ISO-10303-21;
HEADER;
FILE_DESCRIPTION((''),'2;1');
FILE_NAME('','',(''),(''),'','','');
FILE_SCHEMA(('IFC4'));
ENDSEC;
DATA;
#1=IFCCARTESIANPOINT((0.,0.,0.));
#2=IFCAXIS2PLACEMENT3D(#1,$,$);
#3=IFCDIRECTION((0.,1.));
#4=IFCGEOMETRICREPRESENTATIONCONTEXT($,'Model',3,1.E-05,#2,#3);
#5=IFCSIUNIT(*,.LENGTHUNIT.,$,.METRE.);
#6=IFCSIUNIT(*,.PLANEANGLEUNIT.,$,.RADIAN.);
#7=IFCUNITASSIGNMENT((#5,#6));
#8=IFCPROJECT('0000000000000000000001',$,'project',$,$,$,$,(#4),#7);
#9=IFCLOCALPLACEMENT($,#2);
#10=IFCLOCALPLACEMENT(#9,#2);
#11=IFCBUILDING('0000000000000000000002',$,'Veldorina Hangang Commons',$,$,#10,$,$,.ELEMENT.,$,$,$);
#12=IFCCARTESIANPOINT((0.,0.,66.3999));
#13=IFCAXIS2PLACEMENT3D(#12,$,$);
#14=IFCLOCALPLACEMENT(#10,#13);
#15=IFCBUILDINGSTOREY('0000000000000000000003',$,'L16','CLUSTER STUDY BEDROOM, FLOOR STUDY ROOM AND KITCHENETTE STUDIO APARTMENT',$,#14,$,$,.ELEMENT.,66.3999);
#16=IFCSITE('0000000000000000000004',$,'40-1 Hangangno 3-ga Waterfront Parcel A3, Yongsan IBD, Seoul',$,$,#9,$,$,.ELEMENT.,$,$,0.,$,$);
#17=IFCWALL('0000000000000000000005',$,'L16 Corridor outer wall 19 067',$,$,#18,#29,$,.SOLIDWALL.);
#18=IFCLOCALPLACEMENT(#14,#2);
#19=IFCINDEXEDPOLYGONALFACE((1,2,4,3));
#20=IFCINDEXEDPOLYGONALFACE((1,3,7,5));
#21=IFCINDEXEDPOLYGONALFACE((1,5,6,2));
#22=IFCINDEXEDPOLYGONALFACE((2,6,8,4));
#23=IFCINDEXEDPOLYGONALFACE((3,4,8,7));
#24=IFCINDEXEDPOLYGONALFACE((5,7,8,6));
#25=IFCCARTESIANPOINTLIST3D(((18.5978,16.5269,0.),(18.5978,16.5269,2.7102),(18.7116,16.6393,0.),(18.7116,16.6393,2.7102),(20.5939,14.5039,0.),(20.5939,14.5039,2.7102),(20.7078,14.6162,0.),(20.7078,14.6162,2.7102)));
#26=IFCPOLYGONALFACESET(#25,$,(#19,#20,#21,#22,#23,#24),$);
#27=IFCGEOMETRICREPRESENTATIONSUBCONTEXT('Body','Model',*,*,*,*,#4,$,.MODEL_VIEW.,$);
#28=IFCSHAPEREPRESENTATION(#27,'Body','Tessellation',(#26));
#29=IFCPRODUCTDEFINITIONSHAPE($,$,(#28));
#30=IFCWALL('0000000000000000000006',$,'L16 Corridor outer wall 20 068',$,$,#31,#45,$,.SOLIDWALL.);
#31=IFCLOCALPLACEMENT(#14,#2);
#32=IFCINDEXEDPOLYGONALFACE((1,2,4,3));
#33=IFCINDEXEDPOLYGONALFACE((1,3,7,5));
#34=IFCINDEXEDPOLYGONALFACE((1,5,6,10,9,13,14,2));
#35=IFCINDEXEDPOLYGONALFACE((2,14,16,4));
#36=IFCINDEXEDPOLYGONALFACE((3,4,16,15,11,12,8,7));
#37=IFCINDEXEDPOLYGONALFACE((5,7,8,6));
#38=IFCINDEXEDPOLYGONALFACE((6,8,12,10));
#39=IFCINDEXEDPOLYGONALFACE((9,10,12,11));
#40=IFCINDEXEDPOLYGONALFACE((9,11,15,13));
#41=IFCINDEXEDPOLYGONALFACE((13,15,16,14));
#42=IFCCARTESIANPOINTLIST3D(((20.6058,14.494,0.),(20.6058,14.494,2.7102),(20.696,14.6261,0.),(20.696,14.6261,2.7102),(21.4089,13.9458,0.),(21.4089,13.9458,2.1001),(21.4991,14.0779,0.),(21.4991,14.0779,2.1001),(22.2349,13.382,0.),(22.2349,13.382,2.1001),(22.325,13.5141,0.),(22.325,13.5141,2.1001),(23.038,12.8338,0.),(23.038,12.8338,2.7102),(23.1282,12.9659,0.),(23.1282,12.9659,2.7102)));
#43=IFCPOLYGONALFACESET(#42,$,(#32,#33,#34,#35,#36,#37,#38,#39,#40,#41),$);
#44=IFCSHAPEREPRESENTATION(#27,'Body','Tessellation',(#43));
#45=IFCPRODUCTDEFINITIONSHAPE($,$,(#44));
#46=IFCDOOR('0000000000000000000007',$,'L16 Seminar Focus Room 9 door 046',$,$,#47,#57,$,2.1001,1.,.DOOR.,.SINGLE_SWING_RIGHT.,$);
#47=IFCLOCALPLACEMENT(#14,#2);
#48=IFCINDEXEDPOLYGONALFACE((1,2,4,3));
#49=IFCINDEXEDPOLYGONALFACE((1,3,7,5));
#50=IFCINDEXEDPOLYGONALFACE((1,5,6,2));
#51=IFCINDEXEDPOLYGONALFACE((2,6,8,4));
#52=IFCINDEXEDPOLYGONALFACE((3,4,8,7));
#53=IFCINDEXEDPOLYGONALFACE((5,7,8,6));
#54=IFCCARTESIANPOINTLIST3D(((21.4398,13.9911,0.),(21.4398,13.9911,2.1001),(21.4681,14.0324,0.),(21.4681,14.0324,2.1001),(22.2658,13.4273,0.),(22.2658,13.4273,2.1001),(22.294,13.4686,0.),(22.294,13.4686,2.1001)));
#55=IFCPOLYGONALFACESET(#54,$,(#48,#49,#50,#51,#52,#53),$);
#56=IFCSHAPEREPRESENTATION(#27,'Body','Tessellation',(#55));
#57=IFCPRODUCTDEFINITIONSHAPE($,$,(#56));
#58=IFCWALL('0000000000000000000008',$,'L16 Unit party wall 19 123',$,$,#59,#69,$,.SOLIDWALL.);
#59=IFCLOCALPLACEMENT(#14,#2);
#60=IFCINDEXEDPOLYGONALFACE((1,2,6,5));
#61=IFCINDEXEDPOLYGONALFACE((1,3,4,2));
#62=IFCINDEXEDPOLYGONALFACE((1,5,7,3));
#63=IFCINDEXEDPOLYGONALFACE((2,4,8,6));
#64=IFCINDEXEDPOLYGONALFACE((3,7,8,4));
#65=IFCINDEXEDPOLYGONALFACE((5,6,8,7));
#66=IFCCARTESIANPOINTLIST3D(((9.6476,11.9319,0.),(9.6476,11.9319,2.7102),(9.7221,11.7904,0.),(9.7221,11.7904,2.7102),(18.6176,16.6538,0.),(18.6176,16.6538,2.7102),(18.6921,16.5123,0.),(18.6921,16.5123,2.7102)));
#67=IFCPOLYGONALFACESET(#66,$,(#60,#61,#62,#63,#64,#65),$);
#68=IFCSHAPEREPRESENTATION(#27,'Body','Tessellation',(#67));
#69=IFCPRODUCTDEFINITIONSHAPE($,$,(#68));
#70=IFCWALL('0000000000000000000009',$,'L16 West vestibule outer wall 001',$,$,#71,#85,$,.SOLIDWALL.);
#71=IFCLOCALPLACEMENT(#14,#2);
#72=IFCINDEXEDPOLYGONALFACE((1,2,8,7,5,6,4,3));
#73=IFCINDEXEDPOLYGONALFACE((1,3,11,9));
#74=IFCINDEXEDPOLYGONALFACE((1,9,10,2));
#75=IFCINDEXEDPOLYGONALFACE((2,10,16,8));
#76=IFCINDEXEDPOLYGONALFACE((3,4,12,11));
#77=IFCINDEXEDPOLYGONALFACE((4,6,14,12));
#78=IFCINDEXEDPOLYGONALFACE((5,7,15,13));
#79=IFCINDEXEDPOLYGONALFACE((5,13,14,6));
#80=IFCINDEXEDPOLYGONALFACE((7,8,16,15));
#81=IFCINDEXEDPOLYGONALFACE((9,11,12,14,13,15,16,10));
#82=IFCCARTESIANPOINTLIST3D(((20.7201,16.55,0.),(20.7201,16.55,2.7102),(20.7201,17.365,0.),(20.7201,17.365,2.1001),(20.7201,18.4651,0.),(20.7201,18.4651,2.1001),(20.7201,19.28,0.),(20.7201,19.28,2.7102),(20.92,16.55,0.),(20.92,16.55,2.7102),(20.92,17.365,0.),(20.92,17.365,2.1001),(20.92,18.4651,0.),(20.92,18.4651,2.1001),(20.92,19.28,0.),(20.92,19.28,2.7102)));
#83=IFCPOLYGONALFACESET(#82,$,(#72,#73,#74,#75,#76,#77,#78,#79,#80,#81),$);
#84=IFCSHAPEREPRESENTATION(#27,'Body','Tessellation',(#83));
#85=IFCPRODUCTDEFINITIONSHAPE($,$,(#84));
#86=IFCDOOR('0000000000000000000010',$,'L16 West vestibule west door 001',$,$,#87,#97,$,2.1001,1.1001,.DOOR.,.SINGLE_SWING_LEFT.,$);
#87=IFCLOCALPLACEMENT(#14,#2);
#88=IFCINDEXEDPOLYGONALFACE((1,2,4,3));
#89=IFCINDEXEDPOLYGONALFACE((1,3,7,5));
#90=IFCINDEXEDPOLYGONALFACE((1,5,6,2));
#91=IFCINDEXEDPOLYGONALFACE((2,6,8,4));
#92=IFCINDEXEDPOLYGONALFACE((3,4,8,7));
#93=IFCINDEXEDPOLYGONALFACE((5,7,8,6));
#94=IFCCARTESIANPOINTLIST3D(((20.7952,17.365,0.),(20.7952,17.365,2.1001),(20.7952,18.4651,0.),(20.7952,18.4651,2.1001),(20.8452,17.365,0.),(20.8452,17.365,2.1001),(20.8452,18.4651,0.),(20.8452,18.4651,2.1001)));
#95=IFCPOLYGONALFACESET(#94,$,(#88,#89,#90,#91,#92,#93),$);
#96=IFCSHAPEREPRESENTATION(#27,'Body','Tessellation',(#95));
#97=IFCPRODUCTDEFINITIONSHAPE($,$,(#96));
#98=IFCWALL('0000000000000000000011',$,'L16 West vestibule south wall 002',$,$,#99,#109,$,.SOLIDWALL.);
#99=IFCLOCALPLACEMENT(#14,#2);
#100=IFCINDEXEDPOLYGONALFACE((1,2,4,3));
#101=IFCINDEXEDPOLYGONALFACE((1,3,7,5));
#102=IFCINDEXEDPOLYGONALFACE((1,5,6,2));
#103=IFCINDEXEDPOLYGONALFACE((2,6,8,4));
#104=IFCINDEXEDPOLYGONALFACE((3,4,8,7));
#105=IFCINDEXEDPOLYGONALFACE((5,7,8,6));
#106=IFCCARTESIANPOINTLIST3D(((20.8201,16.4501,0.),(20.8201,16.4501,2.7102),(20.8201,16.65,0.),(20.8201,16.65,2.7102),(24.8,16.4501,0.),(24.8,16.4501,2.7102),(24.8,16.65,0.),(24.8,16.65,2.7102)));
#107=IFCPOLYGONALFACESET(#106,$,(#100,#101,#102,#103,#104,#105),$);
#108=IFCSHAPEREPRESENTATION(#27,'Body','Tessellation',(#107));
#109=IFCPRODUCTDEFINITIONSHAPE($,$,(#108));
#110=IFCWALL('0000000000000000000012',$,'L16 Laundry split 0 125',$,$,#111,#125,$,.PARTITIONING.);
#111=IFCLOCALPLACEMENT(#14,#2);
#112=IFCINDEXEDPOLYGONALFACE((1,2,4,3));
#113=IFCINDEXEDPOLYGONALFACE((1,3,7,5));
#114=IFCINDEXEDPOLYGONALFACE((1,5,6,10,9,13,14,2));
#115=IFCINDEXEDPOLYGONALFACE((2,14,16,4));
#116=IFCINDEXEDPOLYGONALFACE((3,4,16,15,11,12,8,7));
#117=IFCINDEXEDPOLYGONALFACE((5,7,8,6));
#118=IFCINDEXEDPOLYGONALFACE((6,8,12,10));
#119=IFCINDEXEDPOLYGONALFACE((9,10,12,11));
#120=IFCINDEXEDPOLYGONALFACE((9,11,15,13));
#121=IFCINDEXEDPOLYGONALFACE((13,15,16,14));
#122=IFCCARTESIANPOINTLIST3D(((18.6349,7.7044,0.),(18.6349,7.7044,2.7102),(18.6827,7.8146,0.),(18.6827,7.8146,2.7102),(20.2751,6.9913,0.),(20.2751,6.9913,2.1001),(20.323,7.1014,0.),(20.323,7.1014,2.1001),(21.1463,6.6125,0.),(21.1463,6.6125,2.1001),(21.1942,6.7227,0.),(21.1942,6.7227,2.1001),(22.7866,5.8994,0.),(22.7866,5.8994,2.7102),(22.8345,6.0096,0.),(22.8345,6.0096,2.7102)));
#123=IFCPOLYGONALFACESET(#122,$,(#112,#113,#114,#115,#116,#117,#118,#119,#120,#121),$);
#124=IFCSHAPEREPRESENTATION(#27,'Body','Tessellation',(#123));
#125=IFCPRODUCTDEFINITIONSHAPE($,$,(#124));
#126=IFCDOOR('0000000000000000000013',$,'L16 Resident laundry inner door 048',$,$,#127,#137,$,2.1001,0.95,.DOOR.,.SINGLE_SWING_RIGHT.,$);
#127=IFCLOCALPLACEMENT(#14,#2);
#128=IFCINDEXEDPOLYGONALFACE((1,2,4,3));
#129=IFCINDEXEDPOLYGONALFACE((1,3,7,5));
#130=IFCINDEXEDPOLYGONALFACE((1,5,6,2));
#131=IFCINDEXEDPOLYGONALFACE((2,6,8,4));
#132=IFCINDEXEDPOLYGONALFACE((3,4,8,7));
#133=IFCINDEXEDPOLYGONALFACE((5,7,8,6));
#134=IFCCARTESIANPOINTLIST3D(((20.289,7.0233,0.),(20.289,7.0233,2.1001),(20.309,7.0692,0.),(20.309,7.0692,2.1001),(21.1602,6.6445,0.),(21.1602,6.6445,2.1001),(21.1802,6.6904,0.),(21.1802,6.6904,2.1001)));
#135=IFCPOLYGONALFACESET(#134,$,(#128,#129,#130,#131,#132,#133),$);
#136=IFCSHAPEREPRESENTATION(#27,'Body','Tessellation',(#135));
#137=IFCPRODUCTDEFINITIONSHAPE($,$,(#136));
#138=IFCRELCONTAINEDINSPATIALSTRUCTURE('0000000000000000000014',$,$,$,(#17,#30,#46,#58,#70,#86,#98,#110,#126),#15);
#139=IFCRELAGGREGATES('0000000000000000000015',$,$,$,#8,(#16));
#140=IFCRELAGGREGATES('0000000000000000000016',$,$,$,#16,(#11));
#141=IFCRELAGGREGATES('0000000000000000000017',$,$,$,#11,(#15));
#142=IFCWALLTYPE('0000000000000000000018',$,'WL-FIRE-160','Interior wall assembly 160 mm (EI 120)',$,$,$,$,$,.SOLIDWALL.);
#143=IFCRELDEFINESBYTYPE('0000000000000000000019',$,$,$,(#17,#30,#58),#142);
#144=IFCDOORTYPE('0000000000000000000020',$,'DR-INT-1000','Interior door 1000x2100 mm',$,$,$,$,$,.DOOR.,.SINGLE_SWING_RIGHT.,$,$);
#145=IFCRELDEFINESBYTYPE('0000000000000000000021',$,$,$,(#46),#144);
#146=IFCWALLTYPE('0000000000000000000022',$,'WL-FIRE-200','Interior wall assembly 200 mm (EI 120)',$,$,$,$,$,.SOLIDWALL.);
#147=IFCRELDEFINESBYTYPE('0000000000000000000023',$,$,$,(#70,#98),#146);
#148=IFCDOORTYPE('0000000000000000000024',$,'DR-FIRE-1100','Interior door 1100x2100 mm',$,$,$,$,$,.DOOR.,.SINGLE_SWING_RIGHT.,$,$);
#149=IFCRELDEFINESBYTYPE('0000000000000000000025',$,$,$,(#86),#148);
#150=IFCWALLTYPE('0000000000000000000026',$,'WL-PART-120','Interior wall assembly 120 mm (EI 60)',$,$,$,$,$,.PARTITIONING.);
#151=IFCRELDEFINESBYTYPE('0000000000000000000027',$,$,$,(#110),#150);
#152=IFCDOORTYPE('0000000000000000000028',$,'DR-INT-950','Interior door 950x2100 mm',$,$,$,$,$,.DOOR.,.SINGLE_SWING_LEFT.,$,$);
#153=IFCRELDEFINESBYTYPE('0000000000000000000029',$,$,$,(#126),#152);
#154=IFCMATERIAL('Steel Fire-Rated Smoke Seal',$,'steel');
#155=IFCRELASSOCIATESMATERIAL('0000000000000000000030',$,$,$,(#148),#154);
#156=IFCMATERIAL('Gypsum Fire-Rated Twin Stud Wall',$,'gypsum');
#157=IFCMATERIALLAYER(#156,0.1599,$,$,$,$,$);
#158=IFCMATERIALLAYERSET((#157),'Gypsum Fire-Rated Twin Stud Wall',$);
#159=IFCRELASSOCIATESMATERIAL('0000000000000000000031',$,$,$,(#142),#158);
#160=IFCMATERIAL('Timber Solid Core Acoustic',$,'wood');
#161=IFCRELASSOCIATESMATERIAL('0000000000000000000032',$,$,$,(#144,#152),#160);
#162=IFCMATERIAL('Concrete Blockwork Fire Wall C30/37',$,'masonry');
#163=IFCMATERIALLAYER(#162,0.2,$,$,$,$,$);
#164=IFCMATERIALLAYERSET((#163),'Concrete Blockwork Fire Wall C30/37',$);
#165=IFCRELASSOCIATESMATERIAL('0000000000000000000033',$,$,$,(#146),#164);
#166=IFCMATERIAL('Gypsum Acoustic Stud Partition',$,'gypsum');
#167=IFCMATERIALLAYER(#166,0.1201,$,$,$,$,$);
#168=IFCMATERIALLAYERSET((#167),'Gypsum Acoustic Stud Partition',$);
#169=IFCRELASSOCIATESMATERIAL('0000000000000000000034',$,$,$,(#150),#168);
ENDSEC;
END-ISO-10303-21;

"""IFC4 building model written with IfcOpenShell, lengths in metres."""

from ifc_helpers import new_model, si_unit, direction, frame, frame_2d, origin, place, context, subcontext, project, spatial, rectangle, extrude, material, layer, layer_set, type_object, element, fill, save


model = new_model("IFC4")

# Units and contexts
model_context = context("Model", 3, precision=1e-05, world=origin(), true_north=direction((0.0, 1.0)))
body_context = subcontext(model_context, "Body", "Model", "MODEL_VIEW")
ifc_project = project(units=[si_unit("LENGTHUNIT", "METRE"), si_unit("PLANEANGLEUNIT", "RADIAN")], contexts=[model_context])

# Site, building, storey
site_placement = place(None, origin())
site = spatial("IfcSite", under=ifc_project, at=site_placement, Name="40-1 Hangangno 3-ga Waterfront Parcel A3, Yongsan IBD, Seoul", CompositionType="ELEMENT", RefElevation=0.0)
building_placement = place(site_placement, origin())
building = spatial("IfcBuilding", under=site, at=building_placement, Name="Veldorina Hangang Commons", CompositionType="ELEMENT")
storey_placement = place(building_placement, frame((0.0, 0.0, 66.3999)))
storey = spatial("IfcBuildingStorey", under=building, at=storey_placement, Name="L16", Description="CLUSTER STUDY BEDROOM, FLOOR STUDY ROOM AND KITCHENETTE STUDIO APARTMENT", CompositionType="ELEMENT", Elevation=66.3999)

# Shared definitions
ifc_material_1 = material(Name="Steel Fire-Rated Smoke Seal", Category="steel")
door_type_1 = type_object("IfcDoorType", Name="DR-FIRE-1100", Description="Interior door 1100x2100 mm", OperationType="SINGLE_SWING_RIGHT", PredefinedType="DOOR", material=ifc_material_1)

# Wall
ifc_material_2 = material(Name="Gypsum Fire-Rated Twin Stud Wall", Category="gypsum")
ifc_layer_1 = layer(ifc_material_2, 0.1599)
ifc_layer_set_1 = layer_set([ifc_layer_1], Name="Gypsum Fire-Rated Twin Stud Wall")
wall_type_1 = type_object("IfcWallType", Name="WL-FIRE-160", Description="Interior wall assembly 160 mm (EI 120)", PredefinedType="SOLIDWALL", material=ifc_layer_set_1)
wall_1_placement = place(storey_placement, frame((18.6548, 16.583, 0.0), z_axis=(0.0, 0.0, 1.0), x_axis=(0.702366, -0.711816, 0.0)))
element("IfcWall", 1, at=wall_1_placement, inside=storey, type_object=wall_type_1, Name="L16 Corridor outer wall 19 067", PredefinedType="SOLIDWALL", context=body_context, shape_type="SweptSolid", body=[
    extrude(rectangle(XDim=2.842, YDim=0.1599, at=frame_2d((1.4209, 0.0))), origin(), (0.0, 0.0, 1.0), 2.7102),
])

# Wall, opening, door
wall_2_placement = place(storey_placement, frame((20.6509, 14.5601, 0.0), z_axis=(0.0, 0.0, 1.0), x_axis=(0.825929, -0.563774, 0.0)))
wall_2 = element("IfcWall", 2, at=wall_2_placement, inside=storey, type_object=wall_type_1, Name="L16 Corridor outer wall 20 068", PredefinedType="SOLIDWALL", context=body_context, shape_type="SweptSolid", body=[
    extrude(rectangle(XDim=2.9448, YDim=0.1599, at=frame_2d((1.4724, 0.0))), origin(), (0.0, 0.0, 1.0), 2.7102),
])
opening_1_placement = place(wall_2_placement, frame((0.9724, 0.0, 0.0)))
opening_1 = element("IfcOpeningElement", 3, at=opening_1_placement, cuts=wall_2, PredefinedType="OPENING", context=body_context, shape_type="SweptSolid", body=[
    extrude(rectangle(XDim=1.0, YDim=2.1001, at=frame_2d((0.5, 1.05))), frame((0.0, 0.0898, 0.0), z_axis=(0.0, -1.0, 0.0), x_axis=(1.0, 0.0, 0.0)), (0.0, 0.0, 1.0), 0.1799),
])
ifc_material_3 = material(Name="Timber Solid Core Acoustic", Category="wood")
door_type_2 = type_object("IfcDoorType", Name="DR-INT-1000", Description="Interior door 1000x2100 mm", OperationType="SINGLE_SWING_RIGHT", PredefinedType="DOOR", material=ifc_material_3)
door_1_placement = place(opening_1_placement, origin())
door_1 = element("IfcDoor", 4, at=door_1_placement, inside=storey, type_object=door_type_2, Name="L16 Seminar Focus Room 9 door 046", OperationType="SINGLE_SWING_RIGHT", OverallHeight=2.1001, OverallWidth=1.0, PredefinedType="DOOR", context=body_context, shape_type="SweptSolid", body=[
    extrude(rectangle(XDim=1.0, YDim=2.1001, at=frame_2d((0.5, 1.05))), frame((0.0, 0.0249, 0.0), z_axis=(0.0, -1.0, 0.0), x_axis=(1.0, 0.0, 0.0)), (0.0, 0.0, 1.0), 0.05),
])
fill(opening_1, door_1)

# Wall
wall_3_placement = place(storey_placement, frame((18.6548, 16.583, 0.0), z_axis=(0.0, 0.0, 1.0), x_axis=(-0.884882, -0.465815, 0.0)))
element("IfcWall", 5, at=wall_3_placement, inside=storey, type_object=wall_type_1, Name="L16 Unit party wall 19 123", PredefinedType="SOLIDWALL", context=body_context, shape_type="SweptSolid", body=[
    extrude(rectangle(XDim=10.137, YDim=0.1599, at=frame_2d((5.0684, 0.0))), origin(), (0.0, 0.0, 1.0), 2.7102),
])

# Wall, opening, door
ifc_material_4 = material(Name="Concrete Blockwork Fire Wall C30/37", Category="masonry")
ifc_layer_2 = layer(ifc_material_4, 0.2)
ifc_layer_set_2 = layer_set([ifc_layer_2], Name="Concrete Blockwork Fire Wall C30/37")
wall_type_2 = type_object("IfcWallType", Name="WL-FIRE-200", Description="Interior wall assembly 200 mm (EI 120)", PredefinedType="SOLIDWALL", material=ifc_layer_set_2)
wall_4_placement = place(storey_placement, frame((20.8201, 16.55, 0.0), z_axis=(0.0, 0.0, 1.0), x_axis=(0.0, 1.0, 0.0)))
wall_4 = element("IfcWall", 6, at=wall_4_placement, inside=storey, type_object=wall_type_2, Name="L16 West vestibule outer wall 001", PredefinedType="SOLIDWALL", context=body_context, shape_type="SweptSolid", body=[
    extrude(rectangle(XDim=2.73, YDim=0.2, at=frame_2d((1.365, 0.0))), origin(), (0.0, 0.0, 1.0), 2.7102),
])
opening_2_placement = place(wall_4_placement, frame((0.8149, 0.0, 0.0)))
opening_2 = element("IfcOpeningElement", 7, at=opening_2_placement, cuts=wall_4, PredefinedType="OPENING", context=body_context, shape_type="SweptSolid", body=[
    extrude(rectangle(XDim=1.1001, YDim=2.1001, at=frame_2d((0.55, 1.05))), frame((0.0, 0.1099, 0.0), z_axis=(0.0, -1.0, 0.0), x_axis=(1.0, 0.0, 0.0)), (0.0, 0.0, 1.0), 0.22),
])
door_2_placement = place(opening_2_placement, origin())
door_2 = element("IfcDoor", 8, at=door_2_placement, inside=storey, type_object=door_type_1, Name="L16 West vestibule west door 001", OperationType="SINGLE_SWING_LEFT", OverallHeight=2.1001, OverallWidth=1.1001, PredefinedType="DOOR", context=body_context, shape_type="SweptSolid", body=[
    extrude(rectangle(XDim=1.1001, YDim=2.1001, at=frame_2d((0.55, 1.05))), frame((0.0, 0.0249, 0.0), z_axis=(0.0, -1.0, 0.0), x_axis=(1.0, 0.0, 0.0)), (0.0, 0.0, 1.0), 0.05),
])
fill(opening_2, door_2)

# Wall
wall_5_placement = place(storey_placement, frame((20.8201, 16.55, 0.0), z_axis=(0.0, 0.0, 1.0), x_axis=(1.0, 0.0, 0.0)))
element("IfcWall", 9, at=wall_5_placement, inside=storey, type_object=wall_type_2, Name="L16 West vestibule south wall 002", PredefinedType="SOLIDWALL", context=body_context, shape_type="SweptSolid", body=[
    extrude(rectangle(XDim=3.98, YDim=0.2, at=frame_2d((1.99, 0.0))), origin(), (0.0, 0.0, 1.0), 2.7102),
])

# Wall, opening, door
ifc_material_5 = material(Name="Gypsum Acoustic Stud Partition", Category="gypsum")
ifc_layer_3 = layer(ifc_material_5, 0.1201)
ifc_layer_set_3 = layer_set([ifc_layer_3], Name="Gypsum Acoustic Stud Partition")
wall_type_3 = type_object("IfcWallType", Name="WL-PART-120", Description="Interior wall assembly 120 mm (EI 60)", PredefinedType="PARTITIONING", material=ifc_layer_set_3)
wall_6_placement = place(storey_placement, frame((18.6587, 7.7595, 0.0), z_axis=(0.0, 0.0, 1.0), x_axis=(0.917079, -0.398704, 0.0)))
wall_6 = element("IfcWall", 10, at=wall_6_placement, inside=storey, type_object=wall_type_3, Name="L16 Laundry split 0 125", PredefinedType="PARTITIONING", context=body_context, shape_type="SweptSolid", body=[
    extrude(rectangle(XDim=4.5271, YDim=0.1201, at=frame_2d((2.2637, 0.0))), origin(), (0.0, 0.0, 1.0), 2.7102),
])
opening_3_placement = place(wall_6_placement, frame((1.7886, 0.0, 0.0)))
opening_3 = element("IfcOpeningElement", 11, at=opening_3_placement, cuts=wall_6, PredefinedType="OPENING", context=body_context, shape_type="SweptSolid", body=[
    extrude(rectangle(XDim=0.95, YDim=2.1001, at=frame_2d((0.4751, 1.05))), frame((0.0, 0.0701, 0.0), z_axis=(0.0, -1.0, 0.0), x_axis=(1.0, 0.0, 0.0)), (0.0, 0.0, 1.0), 0.1401),
])
door_type_3 = type_object("IfcDoorType", Name="DR-INT-950", Description="Interior door 950x2100 mm", OperationType="SINGLE_SWING_LEFT", PredefinedType="DOOR", material=ifc_material_3)
door_3_placement = place(opening_3_placement, origin())
door_3 = element("IfcDoor", 12, at=door_3_placement, inside=storey, type_object=door_type_3, Name="L16 Resident laundry inner door 048", OperationType="SINGLE_SWING_RIGHT", OverallHeight=2.1001, OverallWidth=0.95, PredefinedType="DOOR", context=body_context, shape_type="SweptSolid", body=[
    extrude(rectangle(XDim=0.95, YDim=2.1001, at=frame_2d((0.4751, 1.05))), frame((0.0, 0.0249, 0.0), z_axis=(0.0, -1.0, 0.0), x_axis=(1.0, 0.0, 0.0)), (0.0, 0.0, 1.0), 0.05),
])
fill(opening_3, door_3)

save(model, "model.ifc")
